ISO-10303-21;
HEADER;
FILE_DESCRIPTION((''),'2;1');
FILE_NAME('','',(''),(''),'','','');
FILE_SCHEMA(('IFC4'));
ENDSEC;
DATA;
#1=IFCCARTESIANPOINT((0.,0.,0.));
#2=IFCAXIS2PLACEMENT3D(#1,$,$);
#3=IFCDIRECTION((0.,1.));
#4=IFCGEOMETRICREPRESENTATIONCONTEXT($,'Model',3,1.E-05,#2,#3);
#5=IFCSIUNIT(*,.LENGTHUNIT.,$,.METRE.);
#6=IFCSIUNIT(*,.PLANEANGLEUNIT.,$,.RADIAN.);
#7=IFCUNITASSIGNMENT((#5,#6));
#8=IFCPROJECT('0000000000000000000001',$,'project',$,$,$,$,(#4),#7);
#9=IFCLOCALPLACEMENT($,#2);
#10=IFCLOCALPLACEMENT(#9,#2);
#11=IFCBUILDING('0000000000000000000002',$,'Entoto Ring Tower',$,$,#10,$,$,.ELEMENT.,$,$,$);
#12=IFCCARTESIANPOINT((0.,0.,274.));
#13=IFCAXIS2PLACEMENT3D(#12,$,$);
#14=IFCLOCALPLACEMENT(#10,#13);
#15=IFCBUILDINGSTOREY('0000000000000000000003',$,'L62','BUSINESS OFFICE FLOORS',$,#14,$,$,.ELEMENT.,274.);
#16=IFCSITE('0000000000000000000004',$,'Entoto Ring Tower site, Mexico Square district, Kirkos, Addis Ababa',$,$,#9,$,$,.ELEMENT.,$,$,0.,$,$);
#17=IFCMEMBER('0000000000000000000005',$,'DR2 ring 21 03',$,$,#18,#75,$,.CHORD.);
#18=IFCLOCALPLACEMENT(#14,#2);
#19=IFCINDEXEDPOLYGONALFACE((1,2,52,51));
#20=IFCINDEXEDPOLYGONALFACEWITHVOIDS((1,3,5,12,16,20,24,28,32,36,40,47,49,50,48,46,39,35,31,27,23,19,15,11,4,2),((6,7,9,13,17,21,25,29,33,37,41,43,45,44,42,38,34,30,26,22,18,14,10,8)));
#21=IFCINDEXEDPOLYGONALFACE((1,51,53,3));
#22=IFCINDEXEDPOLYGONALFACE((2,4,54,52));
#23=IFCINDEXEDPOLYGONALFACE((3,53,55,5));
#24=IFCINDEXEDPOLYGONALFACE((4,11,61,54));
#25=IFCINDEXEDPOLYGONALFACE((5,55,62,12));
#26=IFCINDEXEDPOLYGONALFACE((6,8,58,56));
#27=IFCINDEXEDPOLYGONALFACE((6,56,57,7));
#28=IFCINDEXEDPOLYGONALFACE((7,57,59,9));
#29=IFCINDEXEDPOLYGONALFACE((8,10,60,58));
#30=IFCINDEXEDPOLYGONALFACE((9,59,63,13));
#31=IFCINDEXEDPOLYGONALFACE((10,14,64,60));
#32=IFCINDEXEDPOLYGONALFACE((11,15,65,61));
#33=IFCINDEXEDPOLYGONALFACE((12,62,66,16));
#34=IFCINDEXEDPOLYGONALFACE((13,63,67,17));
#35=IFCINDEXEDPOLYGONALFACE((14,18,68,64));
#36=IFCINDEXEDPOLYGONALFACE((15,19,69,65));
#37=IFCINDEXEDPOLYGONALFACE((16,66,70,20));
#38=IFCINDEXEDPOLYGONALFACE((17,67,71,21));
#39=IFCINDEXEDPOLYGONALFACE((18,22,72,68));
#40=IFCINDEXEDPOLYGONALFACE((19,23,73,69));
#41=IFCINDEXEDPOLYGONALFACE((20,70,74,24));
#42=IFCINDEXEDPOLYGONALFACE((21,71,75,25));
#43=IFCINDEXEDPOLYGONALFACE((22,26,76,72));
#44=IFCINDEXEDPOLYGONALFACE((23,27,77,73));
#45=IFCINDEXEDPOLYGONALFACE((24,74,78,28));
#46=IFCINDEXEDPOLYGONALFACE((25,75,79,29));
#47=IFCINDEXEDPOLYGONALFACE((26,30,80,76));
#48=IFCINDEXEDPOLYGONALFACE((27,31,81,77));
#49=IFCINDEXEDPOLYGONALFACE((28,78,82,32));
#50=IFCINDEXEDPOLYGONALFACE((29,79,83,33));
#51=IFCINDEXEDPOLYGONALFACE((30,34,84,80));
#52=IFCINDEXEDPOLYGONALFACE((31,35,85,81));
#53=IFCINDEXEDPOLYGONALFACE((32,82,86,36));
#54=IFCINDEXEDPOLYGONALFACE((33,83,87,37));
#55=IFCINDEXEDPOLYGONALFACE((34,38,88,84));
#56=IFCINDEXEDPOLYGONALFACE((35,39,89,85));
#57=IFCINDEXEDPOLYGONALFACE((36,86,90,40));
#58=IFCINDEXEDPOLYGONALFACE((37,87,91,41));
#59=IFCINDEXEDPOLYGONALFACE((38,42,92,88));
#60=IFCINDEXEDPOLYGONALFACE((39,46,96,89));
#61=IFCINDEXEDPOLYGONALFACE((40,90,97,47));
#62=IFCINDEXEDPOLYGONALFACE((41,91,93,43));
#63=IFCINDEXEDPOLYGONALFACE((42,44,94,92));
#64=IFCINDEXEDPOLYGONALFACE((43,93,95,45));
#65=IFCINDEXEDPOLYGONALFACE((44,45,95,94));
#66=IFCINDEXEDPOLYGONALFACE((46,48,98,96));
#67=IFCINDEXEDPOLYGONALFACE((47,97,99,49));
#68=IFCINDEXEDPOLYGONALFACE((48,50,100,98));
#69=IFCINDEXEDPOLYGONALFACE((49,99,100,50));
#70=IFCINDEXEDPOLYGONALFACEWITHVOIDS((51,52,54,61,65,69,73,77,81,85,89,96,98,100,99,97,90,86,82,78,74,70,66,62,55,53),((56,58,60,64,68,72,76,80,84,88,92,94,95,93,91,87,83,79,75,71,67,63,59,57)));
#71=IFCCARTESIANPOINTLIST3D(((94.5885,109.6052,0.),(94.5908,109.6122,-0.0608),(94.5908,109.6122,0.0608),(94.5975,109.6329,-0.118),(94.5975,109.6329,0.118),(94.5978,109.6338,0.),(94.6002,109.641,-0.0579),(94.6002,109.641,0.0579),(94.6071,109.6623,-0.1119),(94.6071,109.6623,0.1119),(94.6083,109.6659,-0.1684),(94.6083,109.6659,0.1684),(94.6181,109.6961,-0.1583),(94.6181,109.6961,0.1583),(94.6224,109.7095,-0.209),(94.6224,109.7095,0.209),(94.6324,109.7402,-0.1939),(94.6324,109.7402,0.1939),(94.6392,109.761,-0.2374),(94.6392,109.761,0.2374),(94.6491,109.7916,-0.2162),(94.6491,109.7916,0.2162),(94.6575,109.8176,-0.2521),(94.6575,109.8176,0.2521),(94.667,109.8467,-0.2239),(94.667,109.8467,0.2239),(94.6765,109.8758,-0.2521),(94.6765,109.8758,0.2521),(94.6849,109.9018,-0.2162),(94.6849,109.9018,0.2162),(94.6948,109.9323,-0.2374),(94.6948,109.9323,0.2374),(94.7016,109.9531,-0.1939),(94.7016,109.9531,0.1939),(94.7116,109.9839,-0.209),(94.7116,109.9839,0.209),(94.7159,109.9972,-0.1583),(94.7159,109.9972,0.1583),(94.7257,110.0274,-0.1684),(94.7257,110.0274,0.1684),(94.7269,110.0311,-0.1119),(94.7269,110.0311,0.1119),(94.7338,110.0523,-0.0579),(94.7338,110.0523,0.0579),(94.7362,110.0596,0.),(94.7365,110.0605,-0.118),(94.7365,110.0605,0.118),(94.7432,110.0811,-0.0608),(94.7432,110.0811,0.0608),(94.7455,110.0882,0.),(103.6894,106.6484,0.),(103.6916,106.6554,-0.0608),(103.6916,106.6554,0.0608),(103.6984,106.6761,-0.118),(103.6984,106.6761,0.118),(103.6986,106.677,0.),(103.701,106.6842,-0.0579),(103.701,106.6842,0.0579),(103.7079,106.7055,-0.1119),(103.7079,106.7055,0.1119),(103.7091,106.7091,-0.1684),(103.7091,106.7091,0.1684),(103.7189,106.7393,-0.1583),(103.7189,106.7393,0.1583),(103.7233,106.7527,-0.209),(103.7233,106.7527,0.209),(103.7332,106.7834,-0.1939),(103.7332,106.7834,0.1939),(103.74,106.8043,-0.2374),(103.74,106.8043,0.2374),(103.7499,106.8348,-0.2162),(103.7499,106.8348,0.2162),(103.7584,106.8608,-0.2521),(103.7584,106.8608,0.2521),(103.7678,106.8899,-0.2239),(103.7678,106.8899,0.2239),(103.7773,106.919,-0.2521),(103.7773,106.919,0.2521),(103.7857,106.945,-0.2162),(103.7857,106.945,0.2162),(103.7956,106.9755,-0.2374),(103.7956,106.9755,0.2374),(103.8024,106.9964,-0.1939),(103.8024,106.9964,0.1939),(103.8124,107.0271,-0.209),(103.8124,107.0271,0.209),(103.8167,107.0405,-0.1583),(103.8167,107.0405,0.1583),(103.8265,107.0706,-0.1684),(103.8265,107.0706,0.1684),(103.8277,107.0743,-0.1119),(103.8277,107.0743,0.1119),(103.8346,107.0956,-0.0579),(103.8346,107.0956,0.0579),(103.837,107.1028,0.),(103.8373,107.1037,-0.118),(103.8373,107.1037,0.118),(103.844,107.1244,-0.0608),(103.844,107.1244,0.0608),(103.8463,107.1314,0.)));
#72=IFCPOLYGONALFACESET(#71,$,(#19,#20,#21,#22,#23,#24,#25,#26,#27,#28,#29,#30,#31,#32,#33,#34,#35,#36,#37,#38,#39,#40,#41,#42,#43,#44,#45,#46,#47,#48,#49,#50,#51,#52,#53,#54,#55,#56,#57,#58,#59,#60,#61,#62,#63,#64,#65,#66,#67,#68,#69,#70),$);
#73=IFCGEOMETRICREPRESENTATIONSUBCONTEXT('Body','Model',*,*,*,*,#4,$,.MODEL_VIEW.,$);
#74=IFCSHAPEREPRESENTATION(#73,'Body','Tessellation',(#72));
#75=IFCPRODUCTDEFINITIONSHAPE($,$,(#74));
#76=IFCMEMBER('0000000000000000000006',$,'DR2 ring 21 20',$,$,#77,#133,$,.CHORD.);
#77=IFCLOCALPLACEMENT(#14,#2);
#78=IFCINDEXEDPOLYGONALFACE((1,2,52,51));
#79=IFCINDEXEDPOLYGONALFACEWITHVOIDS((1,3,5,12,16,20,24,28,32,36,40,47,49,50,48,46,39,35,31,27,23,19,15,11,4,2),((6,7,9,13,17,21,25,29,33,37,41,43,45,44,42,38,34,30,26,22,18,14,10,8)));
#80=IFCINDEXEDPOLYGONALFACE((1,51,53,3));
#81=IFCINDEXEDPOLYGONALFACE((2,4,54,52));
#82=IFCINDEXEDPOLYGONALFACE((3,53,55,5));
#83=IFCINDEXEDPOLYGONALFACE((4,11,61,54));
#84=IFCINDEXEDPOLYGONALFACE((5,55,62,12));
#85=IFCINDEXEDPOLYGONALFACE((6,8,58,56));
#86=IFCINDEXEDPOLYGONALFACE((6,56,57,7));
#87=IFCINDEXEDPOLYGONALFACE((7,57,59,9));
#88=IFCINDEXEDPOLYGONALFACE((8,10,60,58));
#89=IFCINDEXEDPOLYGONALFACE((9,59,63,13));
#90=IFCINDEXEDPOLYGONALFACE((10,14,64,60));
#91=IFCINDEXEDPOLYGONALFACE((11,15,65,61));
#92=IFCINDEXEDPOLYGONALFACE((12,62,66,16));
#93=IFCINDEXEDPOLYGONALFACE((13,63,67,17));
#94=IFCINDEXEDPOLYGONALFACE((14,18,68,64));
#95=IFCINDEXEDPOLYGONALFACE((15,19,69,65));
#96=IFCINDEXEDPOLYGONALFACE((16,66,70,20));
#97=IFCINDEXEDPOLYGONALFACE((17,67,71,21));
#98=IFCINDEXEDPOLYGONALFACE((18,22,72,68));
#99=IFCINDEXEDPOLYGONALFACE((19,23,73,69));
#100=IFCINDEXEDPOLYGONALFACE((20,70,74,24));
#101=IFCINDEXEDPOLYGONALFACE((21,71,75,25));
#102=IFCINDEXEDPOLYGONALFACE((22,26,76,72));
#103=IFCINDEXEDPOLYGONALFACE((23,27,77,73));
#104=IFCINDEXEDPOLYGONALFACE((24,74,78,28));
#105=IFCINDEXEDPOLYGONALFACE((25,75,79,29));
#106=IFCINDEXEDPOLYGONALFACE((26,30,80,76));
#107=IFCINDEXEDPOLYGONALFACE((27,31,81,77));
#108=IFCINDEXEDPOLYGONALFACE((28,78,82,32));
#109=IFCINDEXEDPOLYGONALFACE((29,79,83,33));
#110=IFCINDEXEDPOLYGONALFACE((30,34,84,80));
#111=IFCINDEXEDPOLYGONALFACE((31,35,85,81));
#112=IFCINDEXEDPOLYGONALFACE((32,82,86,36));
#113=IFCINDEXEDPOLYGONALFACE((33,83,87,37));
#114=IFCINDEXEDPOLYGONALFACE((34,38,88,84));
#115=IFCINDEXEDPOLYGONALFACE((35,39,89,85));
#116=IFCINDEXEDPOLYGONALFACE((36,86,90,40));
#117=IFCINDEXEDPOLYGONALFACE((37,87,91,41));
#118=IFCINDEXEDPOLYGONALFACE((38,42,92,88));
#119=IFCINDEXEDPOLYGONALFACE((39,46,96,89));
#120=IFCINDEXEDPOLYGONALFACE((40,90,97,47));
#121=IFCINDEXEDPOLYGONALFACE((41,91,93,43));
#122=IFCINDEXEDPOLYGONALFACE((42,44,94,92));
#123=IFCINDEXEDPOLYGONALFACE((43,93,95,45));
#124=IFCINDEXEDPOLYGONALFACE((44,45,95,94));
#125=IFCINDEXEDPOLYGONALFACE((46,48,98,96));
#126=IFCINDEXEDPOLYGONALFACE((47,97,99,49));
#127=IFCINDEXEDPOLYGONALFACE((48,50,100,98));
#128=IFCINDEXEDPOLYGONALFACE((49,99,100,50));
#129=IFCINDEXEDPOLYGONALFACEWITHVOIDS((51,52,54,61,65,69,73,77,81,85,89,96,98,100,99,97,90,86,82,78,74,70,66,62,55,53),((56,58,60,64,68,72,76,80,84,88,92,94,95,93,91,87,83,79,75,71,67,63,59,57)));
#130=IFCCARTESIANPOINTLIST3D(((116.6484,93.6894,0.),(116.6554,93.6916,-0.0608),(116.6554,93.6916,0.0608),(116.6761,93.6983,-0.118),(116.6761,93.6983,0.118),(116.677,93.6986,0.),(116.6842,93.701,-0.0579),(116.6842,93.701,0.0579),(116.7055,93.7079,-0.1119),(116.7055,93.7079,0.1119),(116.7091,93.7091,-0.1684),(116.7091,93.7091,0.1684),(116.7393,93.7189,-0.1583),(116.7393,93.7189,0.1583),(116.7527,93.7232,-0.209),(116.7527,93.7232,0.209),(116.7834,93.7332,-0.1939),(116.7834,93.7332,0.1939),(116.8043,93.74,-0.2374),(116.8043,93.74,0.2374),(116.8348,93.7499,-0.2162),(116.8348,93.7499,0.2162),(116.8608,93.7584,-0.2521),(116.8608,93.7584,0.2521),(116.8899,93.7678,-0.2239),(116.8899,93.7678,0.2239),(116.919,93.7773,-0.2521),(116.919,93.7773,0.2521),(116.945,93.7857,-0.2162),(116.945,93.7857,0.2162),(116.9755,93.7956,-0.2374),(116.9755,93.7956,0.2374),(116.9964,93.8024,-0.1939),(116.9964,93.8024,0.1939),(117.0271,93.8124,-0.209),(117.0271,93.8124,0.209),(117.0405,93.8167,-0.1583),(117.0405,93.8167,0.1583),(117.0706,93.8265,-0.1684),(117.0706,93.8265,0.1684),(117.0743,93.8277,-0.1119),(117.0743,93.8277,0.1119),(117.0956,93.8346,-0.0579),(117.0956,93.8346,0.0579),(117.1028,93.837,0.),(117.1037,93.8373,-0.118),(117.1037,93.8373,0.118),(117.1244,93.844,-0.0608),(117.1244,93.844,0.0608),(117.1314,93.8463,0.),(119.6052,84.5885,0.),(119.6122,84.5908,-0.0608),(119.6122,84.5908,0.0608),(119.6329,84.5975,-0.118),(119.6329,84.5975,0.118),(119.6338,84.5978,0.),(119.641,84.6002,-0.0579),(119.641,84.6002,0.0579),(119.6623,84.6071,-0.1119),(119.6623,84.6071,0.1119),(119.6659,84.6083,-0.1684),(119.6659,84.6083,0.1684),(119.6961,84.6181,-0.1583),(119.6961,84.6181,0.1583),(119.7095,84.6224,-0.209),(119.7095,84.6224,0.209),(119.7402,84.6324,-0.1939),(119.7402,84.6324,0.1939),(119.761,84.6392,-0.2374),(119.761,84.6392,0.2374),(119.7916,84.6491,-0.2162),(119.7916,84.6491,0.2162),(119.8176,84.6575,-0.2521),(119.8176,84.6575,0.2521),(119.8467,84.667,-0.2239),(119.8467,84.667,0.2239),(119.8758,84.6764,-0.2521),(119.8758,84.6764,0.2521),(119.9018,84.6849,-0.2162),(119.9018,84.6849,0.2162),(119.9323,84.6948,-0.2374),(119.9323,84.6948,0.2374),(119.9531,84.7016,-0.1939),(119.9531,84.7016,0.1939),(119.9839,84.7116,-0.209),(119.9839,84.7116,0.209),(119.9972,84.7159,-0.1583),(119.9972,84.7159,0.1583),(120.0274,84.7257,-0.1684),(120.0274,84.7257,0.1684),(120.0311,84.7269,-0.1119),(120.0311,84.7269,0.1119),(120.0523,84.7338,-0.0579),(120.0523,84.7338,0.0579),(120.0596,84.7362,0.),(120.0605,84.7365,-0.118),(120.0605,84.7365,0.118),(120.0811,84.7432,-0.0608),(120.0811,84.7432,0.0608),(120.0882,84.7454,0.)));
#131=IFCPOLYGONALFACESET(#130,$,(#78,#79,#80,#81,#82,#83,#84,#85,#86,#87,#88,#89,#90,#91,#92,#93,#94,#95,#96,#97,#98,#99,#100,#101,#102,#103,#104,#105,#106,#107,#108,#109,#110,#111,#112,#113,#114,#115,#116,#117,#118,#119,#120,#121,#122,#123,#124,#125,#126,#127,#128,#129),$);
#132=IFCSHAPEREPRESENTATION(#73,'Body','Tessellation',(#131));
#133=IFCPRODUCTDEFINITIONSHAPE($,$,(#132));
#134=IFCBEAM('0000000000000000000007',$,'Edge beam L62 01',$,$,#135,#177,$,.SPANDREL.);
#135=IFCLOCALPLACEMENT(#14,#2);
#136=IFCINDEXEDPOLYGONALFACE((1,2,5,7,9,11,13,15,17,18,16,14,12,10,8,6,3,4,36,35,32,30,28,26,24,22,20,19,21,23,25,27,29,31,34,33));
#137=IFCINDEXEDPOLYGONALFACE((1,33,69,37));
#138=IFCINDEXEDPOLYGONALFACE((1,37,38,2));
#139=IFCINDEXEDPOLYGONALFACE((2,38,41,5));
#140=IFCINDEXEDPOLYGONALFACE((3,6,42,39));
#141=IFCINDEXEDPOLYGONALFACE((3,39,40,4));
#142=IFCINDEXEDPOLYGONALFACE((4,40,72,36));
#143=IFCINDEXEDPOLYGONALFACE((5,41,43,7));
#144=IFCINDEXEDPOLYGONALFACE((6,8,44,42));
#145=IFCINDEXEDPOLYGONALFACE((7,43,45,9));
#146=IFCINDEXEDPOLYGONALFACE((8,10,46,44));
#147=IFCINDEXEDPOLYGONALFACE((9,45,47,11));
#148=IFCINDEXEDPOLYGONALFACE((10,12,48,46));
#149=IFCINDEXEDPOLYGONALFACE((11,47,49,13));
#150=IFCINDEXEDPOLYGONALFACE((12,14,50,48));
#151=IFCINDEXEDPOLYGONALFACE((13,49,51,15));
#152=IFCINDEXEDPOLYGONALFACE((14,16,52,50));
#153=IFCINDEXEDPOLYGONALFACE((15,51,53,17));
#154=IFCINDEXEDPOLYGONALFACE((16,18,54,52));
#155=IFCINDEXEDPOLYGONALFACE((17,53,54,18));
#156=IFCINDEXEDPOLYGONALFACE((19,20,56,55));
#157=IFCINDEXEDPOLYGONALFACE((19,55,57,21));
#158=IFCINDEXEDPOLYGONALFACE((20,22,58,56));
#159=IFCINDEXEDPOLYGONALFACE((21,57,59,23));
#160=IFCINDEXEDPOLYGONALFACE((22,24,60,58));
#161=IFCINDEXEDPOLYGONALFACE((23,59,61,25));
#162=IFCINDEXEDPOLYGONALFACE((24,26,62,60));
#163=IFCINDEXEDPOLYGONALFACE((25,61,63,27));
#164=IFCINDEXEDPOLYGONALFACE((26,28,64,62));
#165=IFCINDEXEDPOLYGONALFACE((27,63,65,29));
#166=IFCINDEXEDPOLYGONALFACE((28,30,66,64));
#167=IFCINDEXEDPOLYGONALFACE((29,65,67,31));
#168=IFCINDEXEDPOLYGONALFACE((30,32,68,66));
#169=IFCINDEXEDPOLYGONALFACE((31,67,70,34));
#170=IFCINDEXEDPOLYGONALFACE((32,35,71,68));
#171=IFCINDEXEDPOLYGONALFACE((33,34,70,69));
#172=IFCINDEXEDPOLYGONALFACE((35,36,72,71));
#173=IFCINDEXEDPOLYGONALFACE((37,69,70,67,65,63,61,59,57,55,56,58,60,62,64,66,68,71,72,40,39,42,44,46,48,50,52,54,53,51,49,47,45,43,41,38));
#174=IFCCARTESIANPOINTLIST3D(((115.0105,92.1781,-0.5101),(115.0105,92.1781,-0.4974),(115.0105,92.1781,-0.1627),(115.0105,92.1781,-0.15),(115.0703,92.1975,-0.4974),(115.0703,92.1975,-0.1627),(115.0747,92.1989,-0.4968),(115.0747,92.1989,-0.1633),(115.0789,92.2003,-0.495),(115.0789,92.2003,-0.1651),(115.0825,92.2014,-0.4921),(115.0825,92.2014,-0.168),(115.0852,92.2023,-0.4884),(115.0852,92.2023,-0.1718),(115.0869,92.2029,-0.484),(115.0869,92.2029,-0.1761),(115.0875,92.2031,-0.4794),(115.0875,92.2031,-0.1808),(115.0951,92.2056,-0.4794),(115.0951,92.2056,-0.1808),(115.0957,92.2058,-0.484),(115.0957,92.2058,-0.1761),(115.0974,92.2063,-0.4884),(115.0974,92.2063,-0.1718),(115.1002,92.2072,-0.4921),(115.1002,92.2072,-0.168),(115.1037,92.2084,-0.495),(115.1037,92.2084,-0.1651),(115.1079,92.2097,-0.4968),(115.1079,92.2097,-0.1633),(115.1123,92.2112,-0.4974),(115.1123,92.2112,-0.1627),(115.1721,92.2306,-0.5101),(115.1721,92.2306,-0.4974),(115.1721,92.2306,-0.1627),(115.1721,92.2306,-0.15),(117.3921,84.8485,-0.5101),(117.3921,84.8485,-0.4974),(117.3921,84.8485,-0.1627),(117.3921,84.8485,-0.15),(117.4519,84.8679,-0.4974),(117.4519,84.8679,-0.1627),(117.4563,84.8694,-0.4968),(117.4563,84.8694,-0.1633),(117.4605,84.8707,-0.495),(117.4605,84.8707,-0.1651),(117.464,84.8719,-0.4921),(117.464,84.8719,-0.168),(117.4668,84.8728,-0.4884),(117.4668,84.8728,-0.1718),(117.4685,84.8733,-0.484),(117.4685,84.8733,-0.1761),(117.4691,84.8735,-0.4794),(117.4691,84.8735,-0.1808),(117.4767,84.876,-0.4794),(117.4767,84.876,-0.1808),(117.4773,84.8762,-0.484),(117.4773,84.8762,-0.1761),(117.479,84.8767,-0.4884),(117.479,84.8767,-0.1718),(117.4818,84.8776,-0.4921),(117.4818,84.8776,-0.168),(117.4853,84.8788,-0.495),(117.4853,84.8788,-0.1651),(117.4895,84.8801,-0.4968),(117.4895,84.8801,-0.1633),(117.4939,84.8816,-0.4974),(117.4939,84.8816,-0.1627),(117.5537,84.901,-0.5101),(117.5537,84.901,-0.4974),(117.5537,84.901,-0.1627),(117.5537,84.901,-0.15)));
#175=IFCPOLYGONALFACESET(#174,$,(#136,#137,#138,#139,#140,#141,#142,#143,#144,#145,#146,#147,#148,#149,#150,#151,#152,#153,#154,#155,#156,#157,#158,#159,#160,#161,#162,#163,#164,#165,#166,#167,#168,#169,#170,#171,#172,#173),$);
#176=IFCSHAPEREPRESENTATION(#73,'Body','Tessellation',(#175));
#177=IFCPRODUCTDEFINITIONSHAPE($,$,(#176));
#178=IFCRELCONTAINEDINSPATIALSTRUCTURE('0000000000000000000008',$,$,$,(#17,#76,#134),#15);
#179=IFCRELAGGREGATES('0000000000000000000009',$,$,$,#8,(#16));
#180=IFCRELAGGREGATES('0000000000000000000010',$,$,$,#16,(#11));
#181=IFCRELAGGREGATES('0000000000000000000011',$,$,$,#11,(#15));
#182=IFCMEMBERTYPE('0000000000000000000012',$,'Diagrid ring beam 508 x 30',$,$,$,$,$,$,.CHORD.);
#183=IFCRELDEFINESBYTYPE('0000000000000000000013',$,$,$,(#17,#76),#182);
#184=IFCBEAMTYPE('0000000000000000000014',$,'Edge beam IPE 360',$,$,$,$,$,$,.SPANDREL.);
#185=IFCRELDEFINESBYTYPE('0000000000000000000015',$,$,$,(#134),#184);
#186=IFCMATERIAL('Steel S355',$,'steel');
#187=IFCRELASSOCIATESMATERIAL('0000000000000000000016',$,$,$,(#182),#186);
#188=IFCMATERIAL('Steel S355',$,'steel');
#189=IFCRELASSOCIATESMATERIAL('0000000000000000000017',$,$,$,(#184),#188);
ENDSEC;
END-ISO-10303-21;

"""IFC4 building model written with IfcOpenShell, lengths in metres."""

from ifc_helpers import new_model, si_unit, direction, frame, origin, origin_2d, place, context, subcontext, project, spatial, circle, hollow_circle, i_section, extrude, material, material_profile, profile_set, type_object, element, save


model = new_model("IFC4")

# Units and contexts
model_context = context("Model", 3, precision=1e-05, world=origin(), true_north=direction((0.0, 1.0)))
body_context = subcontext(model_context, "Body", "Model", "MODEL_VIEW")
ifc_project = project(units=[si_unit("LENGTHUNIT", "METRE"), si_unit("PLANEANGLEUNIT", "RADIAN")], contexts=[model_context])

# Site, building, storey
site_placement = place(None, origin())
site = spatial("IfcSite", under=ifc_project, at=site_placement, Name="Entoto Ring Tower site, Mexico Square district, Kirkos, Addis Ababa", CompositionType="ELEMENT", RefElevation=0.0)
building_placement = place(site_placement, origin())
building = spatial("IfcBuilding", under=site, at=building_placement, Name="Entoto Ring Tower", CompositionType="ELEMENT")
storey_placement = place(building_placement, frame((0.0, 0.0, 274.0)))
storey = spatial("IfcBuildingStorey", under=building, at=storey_placement, Name="L62", Description="BUSINESS OFFICE FLOORS", CompositionType="ELEMENT", Elevation=274.0)

# Members
ifc_material_1 = material(Name="Steel S355", Category="steel")
ifc_material_profile_1 = material_profile(ifc_material_1, hollow_circle(Radius=0.2539, WallThickness=0.03, at=origin_2d()), Name="CHS 508 x 30")
ifc_material_2 = material(Name="Concrete C60/75", Category="concrete")
ifc_material_profile_2 = material_profile(ifc_material_2, circle(Radius=0.2241, at=origin_2d()), Name="Concrete C60/75 infill")
ifc_profile_set_1 = profile_set([ifc_material_profile_1, ifc_material_profile_2], Name="Steel S355")
member_type_1 = type_object("IfcMemberType", Name="Diagrid ring beam 508 x 30", PredefinedType="CHORD", material=ifc_profile_set_1)
for number, where, z_axis, x_axis, name in (
    (1, (103.7678, 106.8899, 0.0), (-0.951064, 0.308993, 0.0), (-0.308993, -0.951064, 0.0), "DR2 ring 21 03"),
    (2, (119.8467, 84.667, 0.0), (-0.308993, 0.951064, 0.0), (-0.951064, -0.308993, 0.0), "DR2 ring 21 20"),
):
    element("IfcMember", number, at=place(storey_placement, frame(where, z_axis=z_axis, x_axis=x_axis)), inside=storey, type_object=member_type_1, Name=name, PredefinedType="CHORD", context=body_context, shape_type="SweptSolid", body=[
        extrude(hollow_circle(Radius=0.2539, WallThickness=0.03, at=origin_2d()), origin(), (0.0, 0.0, 1.0), 9.5691),
    ])

# Beam
ifc_material_3 = material(Name="Steel S355", Category="steel")
ifc_material_profile_3 = material_profile(ifc_material_3, i_section(OverallWidth=0.1699, OverallDepth=0.3601, WebThickness=0.0081, FlangeThickness=0.0127, FilletRadius=0.0181, at=origin_2d()), Name="IPE 360")
ifc_profile_set_2 = profile_set([ifc_material_profile_3], Name="Steel S355")
beam_type_1 = type_object("IfcBeamType", Name="Edge beam IPE 360", PredefinedType="SPANDREL", material=ifc_profile_set_2)
beam_1_placement = place(storey_placement, frame((117.4729, 84.8748, -0.3301), z_axis=(-0.309024, 0.951054, 0.0), x_axis=(-0.951054, -0.309024, 0.0)))
element("IfcBeam", 3, at=beam_1_placement, inside=storey, type_object=beam_type_1, Name="Edge beam L62 01", PredefinedType="SPANDREL", context=body_context, shape_type="SweptSolid", body=[
    extrude(i_section(OverallWidth=0.1699, OverallDepth=0.3601, WebThickness=0.0081, FlangeThickness=0.0127, FilletRadius=0.0181, at=origin_2d()), origin(), (0.0, 0.0, 1.0), 7.7068),
])

save(model, "model.ifc")
